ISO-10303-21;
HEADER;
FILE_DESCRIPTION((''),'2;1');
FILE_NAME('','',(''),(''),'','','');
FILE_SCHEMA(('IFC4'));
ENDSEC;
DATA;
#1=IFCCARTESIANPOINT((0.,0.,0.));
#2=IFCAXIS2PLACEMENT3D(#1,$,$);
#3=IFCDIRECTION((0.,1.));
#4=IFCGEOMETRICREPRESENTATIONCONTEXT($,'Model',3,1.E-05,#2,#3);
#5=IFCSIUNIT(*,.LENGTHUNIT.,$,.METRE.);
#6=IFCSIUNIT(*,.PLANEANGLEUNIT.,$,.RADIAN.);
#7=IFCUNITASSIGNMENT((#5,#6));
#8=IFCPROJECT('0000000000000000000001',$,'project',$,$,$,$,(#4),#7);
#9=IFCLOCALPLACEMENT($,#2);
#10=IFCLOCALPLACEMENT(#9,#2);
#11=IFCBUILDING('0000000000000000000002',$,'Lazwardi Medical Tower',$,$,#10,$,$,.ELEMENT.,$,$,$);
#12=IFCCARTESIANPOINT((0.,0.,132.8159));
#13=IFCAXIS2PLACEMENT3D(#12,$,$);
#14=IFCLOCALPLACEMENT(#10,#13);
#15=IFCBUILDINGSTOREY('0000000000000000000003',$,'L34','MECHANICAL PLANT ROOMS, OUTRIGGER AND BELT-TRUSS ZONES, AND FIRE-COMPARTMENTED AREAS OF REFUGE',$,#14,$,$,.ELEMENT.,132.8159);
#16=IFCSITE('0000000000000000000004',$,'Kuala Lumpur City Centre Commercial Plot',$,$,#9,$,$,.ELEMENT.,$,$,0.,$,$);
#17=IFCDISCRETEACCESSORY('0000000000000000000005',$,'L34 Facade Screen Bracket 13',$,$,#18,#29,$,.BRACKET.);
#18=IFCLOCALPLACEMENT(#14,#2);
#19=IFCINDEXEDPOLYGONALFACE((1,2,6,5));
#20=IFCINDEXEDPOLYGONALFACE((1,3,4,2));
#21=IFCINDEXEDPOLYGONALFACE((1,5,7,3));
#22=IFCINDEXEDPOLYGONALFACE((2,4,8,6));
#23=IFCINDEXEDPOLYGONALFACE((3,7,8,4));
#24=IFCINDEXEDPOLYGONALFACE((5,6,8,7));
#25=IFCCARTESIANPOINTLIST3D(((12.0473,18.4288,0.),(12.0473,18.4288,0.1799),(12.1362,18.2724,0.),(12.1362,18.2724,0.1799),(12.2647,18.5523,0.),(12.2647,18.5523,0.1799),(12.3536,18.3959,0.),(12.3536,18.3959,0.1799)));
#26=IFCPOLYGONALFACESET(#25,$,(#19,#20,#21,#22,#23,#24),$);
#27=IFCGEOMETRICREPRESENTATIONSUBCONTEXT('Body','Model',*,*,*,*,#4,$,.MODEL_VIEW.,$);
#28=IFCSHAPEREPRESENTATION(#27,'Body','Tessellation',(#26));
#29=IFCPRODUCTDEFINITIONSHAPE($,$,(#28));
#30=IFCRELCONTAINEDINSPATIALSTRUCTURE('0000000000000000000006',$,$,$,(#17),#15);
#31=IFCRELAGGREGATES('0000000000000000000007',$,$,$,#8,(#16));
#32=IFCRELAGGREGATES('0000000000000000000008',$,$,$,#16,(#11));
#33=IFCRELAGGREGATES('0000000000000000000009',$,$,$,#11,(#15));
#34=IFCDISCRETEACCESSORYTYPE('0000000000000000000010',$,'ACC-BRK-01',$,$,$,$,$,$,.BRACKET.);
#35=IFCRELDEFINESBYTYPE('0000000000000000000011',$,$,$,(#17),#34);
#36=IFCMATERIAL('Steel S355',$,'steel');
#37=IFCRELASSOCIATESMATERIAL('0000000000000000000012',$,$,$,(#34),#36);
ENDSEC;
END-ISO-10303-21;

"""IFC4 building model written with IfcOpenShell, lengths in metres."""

from ifc_helpers import new_model, si_unit, direction, frame, origin, origin_2d, place, context, subcontext, project, spatial, rectangle, extrude, material, type_object, element, save


model = new_model("IFC4")

# Units and contexts
model_context = context("Model", 3, precision=1e-05, world=origin(), true_north=direction((0.0, 1.0)))
body_context = subcontext(model_context, "Body", "Model", "MODEL_VIEW")
ifc_project = project(units=[si_unit("LENGTHUNIT", "METRE"), si_unit("PLANEANGLEUNIT", "RADIAN")], contexts=[model_context])

# Site, building, storey
site_placement = place(None, origin())
site = spatial("IfcSite", under=ifc_project, at=site_placement, Name="Kuala Lumpur City Centre Commercial Plot", CompositionType="ELEMENT", RefElevation=0.0)
building_placement = place(site_placement, origin())
building = spatial("IfcBuilding", under=site, at=building_placement, Name="Lazwardi Medical Tower", CompositionType="ELEMENT")
storey_placement = place(building_placement, frame((0.0, 0.0, 132.8159)))
storey = spatial("IfcBuildingStorey", under=building, at=storey_placement, Name="L34", Description="MECHANICAL PLANT ROOMS, OUTRIGGER AND BELT-TRUSS ZONES, AND FIRE-COMPARTMENTED AREAS OF REFUGE", CompositionType="ELEMENT", Elevation=132.8159)

# Shared definitions
ifc_material_1 = material(Name="Steel S355", Category="steel")

# Discrete accessory
discrete_accessory_type = type_object("IfcDiscreteAccessoryType", Name="ACC-BRK-01", PredefinedType="BRACKET", material=ifc_material_1)
for number, where, z_axis, x_axis, name in (
    (1, (12.2004, 18.4124, 0.0), (0.0, 0.0, 1.0), (0.493968, -0.86948, 0.0), "L34 Facade Screen Bracket 13"),
):
    element("IfcDiscreteAccessory", number, at=place(storey_placement, frame(where, z_axis=z_axis, x_axis=x_axis)), inside=storey, type_object=discrete_accessory_type, Name=name, PredefinedType="BRACKET", context=body_context, shape_type="SweptSolid", body=[
        extrude(rectangle(XDim=0.1799, YDim=0.25, at=origin_2d()), origin(), (0.0, 0.0, 1.0), 0.1799),
    ])

save(model, "model.ifc")
